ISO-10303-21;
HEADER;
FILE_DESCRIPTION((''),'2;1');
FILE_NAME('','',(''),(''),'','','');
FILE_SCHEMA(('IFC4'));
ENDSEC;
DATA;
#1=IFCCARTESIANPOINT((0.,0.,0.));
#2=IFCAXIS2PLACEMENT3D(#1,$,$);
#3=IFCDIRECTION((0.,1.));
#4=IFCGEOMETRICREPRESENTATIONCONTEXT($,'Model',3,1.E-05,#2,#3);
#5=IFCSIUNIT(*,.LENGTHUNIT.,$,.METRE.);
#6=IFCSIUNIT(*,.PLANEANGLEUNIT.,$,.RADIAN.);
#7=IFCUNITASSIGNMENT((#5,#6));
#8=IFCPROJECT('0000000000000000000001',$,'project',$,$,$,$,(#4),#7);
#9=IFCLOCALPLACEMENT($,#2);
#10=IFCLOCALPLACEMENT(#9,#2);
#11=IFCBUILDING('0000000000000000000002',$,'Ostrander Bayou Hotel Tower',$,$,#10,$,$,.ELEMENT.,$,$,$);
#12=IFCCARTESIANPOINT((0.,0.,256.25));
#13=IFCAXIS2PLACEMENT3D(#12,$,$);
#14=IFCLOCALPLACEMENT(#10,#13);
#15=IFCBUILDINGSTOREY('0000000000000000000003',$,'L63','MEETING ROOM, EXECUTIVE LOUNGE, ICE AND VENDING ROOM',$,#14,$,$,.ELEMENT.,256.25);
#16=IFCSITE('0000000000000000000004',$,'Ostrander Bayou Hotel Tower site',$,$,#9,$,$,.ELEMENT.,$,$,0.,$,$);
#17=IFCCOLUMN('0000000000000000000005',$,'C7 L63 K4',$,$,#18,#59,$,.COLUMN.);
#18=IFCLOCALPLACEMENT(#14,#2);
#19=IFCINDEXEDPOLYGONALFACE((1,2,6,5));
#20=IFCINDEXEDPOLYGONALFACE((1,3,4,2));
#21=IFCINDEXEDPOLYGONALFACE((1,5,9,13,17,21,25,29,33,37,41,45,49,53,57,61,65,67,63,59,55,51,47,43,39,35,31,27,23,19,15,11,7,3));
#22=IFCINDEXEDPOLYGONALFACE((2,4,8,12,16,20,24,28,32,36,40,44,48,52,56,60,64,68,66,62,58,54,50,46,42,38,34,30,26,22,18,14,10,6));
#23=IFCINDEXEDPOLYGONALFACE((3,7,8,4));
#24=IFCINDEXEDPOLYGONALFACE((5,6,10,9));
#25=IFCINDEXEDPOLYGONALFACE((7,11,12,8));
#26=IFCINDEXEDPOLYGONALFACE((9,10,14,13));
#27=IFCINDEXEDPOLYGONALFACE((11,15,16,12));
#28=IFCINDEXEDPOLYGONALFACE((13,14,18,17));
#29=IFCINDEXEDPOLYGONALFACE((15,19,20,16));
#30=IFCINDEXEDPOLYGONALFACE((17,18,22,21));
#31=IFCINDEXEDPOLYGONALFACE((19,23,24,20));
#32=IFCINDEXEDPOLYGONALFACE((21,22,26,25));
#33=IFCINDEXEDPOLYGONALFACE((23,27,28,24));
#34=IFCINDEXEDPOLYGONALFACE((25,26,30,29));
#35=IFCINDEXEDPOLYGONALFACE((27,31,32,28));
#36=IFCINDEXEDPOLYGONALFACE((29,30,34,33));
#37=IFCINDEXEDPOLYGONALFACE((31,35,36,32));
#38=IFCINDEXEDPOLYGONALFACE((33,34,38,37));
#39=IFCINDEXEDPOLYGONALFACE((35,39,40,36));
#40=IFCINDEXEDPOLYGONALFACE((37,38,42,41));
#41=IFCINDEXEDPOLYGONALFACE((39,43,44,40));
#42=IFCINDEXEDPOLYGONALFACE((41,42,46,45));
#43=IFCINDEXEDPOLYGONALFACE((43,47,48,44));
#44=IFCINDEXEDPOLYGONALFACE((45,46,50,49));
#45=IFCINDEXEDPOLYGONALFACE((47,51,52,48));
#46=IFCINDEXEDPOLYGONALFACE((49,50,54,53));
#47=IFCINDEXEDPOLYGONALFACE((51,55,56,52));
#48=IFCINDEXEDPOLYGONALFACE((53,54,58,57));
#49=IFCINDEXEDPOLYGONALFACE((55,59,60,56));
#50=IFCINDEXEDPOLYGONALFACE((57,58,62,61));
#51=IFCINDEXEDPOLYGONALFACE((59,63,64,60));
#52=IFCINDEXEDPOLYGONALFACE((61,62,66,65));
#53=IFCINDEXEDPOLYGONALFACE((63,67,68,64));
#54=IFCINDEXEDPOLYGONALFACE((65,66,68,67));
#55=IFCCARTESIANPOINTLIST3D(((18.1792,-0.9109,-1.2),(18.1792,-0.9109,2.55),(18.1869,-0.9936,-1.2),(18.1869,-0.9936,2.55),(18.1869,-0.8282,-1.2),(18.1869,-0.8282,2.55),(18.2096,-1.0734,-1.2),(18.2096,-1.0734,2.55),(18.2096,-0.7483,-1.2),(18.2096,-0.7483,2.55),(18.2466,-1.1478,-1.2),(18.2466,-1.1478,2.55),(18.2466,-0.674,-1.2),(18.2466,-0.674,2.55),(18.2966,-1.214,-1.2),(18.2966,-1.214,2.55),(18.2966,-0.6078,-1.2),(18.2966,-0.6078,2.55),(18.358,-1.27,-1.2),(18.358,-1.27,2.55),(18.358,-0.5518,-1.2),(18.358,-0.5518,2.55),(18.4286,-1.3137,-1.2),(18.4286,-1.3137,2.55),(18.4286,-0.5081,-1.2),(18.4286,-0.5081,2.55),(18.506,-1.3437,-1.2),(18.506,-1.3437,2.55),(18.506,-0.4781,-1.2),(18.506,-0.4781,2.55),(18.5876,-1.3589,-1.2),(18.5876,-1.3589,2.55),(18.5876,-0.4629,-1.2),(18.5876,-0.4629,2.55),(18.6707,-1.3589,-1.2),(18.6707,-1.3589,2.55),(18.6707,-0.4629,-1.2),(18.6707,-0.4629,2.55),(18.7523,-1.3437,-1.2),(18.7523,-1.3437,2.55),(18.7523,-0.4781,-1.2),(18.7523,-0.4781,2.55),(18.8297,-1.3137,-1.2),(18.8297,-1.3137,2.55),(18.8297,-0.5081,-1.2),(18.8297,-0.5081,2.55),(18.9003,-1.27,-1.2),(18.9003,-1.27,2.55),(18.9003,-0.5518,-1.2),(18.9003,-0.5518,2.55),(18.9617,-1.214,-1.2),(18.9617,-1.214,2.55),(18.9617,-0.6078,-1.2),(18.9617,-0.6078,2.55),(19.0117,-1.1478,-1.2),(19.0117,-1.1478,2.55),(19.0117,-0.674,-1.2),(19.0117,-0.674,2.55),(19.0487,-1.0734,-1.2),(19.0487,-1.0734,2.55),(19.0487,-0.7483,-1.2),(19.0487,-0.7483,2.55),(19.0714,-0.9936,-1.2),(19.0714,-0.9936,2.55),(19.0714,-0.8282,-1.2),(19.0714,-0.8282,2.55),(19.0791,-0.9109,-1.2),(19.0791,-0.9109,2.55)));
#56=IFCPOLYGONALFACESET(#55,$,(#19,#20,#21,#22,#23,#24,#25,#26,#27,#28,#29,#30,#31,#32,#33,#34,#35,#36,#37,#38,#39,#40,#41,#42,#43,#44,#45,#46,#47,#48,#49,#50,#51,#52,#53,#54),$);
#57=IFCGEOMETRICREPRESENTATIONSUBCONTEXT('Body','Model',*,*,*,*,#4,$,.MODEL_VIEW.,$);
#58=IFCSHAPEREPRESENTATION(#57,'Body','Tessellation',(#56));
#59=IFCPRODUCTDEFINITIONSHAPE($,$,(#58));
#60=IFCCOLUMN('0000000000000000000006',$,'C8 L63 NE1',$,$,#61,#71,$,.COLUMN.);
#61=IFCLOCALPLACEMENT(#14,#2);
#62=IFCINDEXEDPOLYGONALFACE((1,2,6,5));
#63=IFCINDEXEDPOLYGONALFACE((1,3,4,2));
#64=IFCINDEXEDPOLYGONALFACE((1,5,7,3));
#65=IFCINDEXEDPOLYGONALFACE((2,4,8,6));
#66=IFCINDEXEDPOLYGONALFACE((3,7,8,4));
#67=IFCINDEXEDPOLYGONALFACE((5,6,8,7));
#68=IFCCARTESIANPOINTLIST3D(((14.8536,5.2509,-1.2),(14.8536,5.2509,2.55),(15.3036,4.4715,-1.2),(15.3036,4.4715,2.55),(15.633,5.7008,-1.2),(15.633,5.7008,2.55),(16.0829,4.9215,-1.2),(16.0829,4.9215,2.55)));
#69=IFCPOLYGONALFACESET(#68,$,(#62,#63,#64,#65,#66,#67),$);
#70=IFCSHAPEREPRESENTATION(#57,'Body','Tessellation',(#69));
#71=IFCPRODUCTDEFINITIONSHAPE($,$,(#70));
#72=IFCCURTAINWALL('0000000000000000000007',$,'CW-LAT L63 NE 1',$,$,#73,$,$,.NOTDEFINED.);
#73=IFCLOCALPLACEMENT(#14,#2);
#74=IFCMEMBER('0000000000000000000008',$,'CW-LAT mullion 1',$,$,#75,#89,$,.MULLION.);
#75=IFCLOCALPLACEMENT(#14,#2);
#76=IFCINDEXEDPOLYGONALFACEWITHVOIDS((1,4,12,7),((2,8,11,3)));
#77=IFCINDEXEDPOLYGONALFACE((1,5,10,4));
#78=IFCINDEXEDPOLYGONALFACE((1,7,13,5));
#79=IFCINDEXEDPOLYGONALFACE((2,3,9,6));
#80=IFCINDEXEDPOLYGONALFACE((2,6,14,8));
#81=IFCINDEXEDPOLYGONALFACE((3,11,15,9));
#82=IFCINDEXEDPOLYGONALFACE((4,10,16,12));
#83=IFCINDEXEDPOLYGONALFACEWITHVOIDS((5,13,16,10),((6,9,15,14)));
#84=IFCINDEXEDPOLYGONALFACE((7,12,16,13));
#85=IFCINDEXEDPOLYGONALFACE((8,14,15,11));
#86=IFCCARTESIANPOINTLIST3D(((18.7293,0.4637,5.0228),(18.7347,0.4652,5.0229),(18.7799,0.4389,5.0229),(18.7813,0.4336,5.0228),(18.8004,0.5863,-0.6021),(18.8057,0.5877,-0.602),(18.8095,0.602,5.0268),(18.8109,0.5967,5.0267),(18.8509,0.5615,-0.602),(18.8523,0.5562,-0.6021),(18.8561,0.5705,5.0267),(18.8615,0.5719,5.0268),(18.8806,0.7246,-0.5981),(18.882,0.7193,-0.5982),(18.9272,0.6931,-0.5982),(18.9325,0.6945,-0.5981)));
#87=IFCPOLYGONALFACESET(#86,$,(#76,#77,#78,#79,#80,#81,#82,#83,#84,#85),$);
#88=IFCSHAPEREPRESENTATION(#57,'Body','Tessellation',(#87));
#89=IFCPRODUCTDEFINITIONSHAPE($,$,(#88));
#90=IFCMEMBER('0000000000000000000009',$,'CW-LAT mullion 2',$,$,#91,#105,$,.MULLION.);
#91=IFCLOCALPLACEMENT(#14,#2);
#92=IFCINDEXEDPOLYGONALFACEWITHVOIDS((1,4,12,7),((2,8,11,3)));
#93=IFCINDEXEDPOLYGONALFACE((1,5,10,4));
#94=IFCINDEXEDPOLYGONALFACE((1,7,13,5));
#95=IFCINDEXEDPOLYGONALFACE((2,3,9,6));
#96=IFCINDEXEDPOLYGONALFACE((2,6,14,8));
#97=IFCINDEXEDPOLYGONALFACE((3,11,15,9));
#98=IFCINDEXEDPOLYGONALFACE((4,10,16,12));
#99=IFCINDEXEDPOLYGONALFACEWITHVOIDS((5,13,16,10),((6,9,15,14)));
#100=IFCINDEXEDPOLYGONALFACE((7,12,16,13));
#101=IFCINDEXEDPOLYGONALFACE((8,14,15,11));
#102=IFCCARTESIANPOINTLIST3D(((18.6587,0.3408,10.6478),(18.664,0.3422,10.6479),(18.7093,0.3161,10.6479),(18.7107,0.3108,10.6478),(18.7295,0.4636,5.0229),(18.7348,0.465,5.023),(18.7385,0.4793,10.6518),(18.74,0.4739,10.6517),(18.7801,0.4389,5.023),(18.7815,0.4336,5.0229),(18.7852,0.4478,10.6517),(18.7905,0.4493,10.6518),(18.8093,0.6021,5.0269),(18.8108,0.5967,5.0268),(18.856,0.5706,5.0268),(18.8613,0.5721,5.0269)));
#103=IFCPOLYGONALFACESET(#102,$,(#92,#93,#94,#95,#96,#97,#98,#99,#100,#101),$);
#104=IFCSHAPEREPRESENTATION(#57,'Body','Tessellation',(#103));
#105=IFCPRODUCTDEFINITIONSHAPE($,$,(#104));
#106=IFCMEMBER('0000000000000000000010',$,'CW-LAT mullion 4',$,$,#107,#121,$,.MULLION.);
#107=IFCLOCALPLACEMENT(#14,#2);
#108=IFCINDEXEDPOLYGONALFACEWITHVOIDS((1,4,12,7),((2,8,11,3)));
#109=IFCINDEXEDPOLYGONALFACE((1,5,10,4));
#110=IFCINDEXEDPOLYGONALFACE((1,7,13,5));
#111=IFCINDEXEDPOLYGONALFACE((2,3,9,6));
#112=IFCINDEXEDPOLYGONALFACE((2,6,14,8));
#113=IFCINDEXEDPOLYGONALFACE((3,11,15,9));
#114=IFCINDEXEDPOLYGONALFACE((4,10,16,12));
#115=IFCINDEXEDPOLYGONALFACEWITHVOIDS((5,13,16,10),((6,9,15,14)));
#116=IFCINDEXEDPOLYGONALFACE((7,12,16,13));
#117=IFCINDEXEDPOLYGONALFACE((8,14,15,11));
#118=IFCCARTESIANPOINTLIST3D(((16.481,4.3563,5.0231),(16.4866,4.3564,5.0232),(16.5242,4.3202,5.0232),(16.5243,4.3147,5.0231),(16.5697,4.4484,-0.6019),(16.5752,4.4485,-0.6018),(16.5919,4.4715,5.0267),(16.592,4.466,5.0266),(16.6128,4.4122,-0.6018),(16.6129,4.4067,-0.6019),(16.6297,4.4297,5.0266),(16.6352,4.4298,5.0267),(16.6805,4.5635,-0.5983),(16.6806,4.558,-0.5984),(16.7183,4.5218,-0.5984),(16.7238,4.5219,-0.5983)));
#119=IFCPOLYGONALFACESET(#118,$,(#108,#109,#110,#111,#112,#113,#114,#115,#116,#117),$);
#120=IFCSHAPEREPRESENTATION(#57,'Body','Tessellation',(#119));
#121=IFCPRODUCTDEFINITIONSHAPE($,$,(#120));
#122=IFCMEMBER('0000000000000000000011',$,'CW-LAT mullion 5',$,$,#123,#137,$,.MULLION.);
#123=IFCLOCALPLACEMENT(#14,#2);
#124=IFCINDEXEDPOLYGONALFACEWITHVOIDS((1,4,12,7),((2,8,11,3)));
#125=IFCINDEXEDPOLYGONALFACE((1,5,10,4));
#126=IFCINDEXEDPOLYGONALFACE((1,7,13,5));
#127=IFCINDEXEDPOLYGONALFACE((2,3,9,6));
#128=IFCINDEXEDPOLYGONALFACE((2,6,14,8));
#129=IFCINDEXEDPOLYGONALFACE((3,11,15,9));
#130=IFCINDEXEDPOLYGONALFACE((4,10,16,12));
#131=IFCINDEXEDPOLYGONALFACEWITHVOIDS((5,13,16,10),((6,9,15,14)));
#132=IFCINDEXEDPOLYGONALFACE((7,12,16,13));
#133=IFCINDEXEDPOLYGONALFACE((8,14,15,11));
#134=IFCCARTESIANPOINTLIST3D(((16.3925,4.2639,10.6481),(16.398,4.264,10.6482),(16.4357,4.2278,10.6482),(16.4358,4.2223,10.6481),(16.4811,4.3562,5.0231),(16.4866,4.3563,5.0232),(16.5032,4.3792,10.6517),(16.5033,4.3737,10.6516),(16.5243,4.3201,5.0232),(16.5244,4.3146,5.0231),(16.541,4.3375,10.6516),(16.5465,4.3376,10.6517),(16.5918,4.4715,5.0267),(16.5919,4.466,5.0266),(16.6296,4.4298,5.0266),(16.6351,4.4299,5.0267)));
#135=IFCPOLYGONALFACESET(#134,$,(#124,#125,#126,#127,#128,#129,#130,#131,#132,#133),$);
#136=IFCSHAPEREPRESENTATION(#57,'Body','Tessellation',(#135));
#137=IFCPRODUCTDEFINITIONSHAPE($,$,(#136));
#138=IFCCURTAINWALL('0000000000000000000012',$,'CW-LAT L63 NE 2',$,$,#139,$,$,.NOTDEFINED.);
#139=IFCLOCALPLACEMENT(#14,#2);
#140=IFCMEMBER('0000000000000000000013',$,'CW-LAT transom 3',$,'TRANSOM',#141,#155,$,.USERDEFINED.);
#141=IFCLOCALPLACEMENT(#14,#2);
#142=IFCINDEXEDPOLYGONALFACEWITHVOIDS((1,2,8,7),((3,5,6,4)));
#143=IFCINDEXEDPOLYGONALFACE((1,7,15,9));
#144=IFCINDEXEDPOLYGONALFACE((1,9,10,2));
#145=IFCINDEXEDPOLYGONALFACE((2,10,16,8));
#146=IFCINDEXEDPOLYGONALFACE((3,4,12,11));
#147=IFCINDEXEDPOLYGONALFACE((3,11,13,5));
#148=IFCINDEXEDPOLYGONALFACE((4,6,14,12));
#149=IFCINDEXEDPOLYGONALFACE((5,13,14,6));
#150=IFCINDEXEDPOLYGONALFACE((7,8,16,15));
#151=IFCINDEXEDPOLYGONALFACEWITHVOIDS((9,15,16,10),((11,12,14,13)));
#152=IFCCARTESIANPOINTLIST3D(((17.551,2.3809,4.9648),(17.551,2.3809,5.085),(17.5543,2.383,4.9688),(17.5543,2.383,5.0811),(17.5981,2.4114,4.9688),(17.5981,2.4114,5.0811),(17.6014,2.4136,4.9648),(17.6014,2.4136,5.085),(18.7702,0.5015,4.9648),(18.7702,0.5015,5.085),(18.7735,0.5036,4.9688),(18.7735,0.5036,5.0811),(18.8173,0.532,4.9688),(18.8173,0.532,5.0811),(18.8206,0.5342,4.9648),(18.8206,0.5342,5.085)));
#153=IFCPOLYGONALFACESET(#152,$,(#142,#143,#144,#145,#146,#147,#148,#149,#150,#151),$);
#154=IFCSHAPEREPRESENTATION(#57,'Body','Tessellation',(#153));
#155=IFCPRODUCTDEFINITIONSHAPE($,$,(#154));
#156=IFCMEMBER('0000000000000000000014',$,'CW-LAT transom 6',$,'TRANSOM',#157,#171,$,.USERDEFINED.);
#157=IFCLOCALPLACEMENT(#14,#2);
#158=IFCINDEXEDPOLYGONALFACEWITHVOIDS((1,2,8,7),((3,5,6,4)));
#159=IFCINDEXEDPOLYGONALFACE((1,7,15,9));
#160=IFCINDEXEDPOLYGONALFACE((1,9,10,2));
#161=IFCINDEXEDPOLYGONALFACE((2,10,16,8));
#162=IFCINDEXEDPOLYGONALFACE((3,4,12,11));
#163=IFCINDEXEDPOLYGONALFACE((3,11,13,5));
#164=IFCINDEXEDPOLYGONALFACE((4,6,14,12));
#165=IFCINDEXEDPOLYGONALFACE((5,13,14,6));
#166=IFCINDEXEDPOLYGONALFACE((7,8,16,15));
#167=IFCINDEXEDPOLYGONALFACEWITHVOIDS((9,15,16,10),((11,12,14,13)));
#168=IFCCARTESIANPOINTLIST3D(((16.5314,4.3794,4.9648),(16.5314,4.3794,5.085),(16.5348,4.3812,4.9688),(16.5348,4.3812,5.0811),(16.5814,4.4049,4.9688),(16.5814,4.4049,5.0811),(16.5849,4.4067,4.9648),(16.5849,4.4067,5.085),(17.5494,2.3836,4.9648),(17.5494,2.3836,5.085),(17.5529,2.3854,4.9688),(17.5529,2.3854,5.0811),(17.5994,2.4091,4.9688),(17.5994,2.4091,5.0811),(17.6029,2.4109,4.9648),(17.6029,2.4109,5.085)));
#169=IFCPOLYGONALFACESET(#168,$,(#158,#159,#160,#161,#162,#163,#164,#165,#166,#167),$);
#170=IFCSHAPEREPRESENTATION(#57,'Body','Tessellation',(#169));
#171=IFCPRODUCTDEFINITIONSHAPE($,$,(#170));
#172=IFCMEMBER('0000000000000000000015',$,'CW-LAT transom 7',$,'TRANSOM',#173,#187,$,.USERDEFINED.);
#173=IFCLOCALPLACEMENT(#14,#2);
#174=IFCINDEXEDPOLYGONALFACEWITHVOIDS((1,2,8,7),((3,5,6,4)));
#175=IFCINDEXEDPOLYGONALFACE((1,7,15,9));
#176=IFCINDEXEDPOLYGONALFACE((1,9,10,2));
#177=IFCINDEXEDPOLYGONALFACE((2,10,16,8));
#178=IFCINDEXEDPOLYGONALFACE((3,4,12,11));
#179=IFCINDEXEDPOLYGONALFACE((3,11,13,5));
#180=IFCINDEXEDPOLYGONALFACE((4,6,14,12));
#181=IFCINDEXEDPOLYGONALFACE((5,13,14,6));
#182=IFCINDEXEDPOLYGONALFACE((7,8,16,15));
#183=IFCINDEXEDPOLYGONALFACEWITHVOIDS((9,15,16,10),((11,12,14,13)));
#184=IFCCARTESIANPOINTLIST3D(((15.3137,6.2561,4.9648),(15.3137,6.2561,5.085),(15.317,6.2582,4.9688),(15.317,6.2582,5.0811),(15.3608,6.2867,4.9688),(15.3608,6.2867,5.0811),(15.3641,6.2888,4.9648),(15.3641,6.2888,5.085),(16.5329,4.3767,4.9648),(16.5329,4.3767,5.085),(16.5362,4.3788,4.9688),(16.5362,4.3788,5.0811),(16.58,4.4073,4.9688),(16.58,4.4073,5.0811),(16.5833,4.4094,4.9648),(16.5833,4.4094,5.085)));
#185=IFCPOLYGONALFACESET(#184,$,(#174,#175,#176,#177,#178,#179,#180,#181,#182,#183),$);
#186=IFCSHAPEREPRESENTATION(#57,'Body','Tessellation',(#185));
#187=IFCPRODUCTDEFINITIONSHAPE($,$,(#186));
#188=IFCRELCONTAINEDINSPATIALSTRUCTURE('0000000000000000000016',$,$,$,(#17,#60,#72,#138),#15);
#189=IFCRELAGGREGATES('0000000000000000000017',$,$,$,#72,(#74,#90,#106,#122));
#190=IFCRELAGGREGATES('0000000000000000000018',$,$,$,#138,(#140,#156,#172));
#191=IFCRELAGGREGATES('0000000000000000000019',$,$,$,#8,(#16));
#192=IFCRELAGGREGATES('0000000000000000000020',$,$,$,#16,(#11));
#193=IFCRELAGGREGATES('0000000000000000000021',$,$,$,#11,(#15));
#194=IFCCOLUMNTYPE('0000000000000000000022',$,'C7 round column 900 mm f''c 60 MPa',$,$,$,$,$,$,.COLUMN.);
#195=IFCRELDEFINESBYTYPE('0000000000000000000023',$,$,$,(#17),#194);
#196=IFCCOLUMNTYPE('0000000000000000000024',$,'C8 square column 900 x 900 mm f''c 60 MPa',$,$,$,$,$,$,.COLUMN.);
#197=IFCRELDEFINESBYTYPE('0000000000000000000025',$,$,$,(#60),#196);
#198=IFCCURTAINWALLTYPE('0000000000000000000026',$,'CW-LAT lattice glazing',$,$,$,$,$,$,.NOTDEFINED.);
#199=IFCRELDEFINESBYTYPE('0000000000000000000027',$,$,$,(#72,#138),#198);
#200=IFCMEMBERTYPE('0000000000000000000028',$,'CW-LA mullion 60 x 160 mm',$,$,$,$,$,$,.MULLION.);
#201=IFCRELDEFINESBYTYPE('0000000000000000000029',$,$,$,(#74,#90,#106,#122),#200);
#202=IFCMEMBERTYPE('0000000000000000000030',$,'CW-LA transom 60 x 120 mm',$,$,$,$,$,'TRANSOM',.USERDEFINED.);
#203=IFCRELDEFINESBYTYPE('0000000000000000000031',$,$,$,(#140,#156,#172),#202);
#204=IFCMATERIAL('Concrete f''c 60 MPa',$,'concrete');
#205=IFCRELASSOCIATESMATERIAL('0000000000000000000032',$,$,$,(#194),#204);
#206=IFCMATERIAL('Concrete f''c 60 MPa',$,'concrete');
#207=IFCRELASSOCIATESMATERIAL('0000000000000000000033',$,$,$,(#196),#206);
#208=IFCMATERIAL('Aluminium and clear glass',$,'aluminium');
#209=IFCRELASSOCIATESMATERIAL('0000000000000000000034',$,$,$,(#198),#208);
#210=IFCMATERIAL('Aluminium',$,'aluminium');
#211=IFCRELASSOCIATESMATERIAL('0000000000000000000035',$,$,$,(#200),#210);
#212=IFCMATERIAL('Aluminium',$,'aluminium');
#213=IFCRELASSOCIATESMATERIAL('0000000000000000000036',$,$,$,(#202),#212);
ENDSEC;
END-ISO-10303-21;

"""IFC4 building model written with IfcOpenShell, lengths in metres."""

from ifc_helpers import new_model, si_unit, direction, frame, origin, origin_2d, place, context, subcontext, project, spatial, rectangle, hollow_rectangle, circle, extrude, material, material_profile, profile_set, type_object, element, aggregate, save


model = new_model("IFC4")

# Units and contexts
model_context = context("Model", 3, precision=1e-05, world=origin(), true_north=direction((0.0, 1.0)))
body_context = subcontext(model_context, "Body", "Model", "MODEL_VIEW")
ifc_project = project(units=[si_unit("LENGTHUNIT", "METRE"), si_unit("PLANEANGLEUNIT", "RADIAN")], contexts=[model_context])

# Site, building, storey
site_placement = place(None, origin())
site = spatial("IfcSite", under=ifc_project, at=site_placement, Name="Ostrander Bayou Hotel Tower site", CompositionType="ELEMENT", RefElevation=0.0)
building_placement = place(site_placement, origin())
building = spatial("IfcBuilding", under=site, at=building_placement, Name="Ostrander Bayou Hotel Tower", CompositionType="ELEMENT")
storey_placement = place(building_placement, frame((0.0, 0.0, 256.25)))
storey = spatial("IfcBuildingStorey", under=building, at=storey_placement, Name="L63", Description="MEETING ROOM, EXECUTIVE LOUNGE, ICE AND VENDING ROOM", CompositionType="ELEMENT", Elevation=256.25)

# Columns
ifc_material_1 = material(Name="Concrete f'c 60 MPa", Category="concrete")
ifc_material_profile_1 = material_profile(ifc_material_1, circle(Radius=0.45, at=origin_2d()))
ifc_profile_set_1 = profile_set([ifc_material_profile_1], Name="Concrete f'c 60 MPa")
column_type_1 = type_object("IfcColumnType", Name="C7 round column 900 mm f'c 60 MPa", PredefinedType="COLUMN", material=ifc_profile_set_1)
column_1_placement = place(storey_placement, frame((18.6292, -0.9109, -1.2), z_axis=(0.0, 0.0, 1.0), x_axis=(1.0, 0.0, 0.0)))
element("IfcColumn", 1, at=column_1_placement, inside=storey, type_object=column_type_1, Name="C7 L63 K4", PredefinedType="COLUMN", context=body_context, shape_type="SweptSolid", body=[
    extrude(circle(Radius=0.45, at=origin_2d()), origin(), (0.0, 0.0, 1.0), 3.75),
])
ifc_material_2 = material(Name="Concrete f'c 60 MPa", Category="concrete")
ifc_material_profile_2 = material_profile(ifc_material_2, rectangle(XDim=0.8999, YDim=0.8999, at=origin_2d()))
ifc_profile_set_2 = profile_set([ifc_material_profile_2], Name="Concrete f'c 60 MPa")
column_type_2 = type_object("IfcColumnType", Name="C8 square column 900 x 900 mm f'c 60 MPa", PredefinedType="COLUMN", material=ifc_profile_set_2)
column_2_placement = place(storey_placement, frame((15.4683, 5.0862, -1.2), z_axis=(0.0, 0.0, 1.0), x_axis=(0.5, -0.866025, 0.0)))
element("IfcColumn", 2, at=column_2_placement, inside=storey, type_object=column_type_2, Name="C8 L63 NE1", PredefinedType="COLUMN", context=body_context, shape_type="SweptSolid", body=[
    extrude(rectangle(XDim=0.8999, YDim=0.8999, at=origin_2d()), origin(), (0.0, 0.0, 1.0), 3.75),
])

# Curtain walls, members
ifc_material_3 = material(Name="Aluminium and clear glass", Category="aluminium")
curtain_wall_type = type_object("IfcCurtainWallType", Name="CW-LAT lattice glazing", PredefinedType="NOTDEFINED", material=ifc_material_3)
curtain_wall_1_placement = place(storey_placement, origin())
curtain_wall_1 = element("IfcCurtainWall", 3, at=curtain_wall_1_placement, inside=storey, type_object=curtain_wall_type, Name="CW-LAT L63 NE 1", PredefinedType="NOTDEFINED")
ifc_material_4 = material(Name="Aluminium", Category="aluminium")
ifc_material_profile_3 = material_profile(ifc_material_4, hollow_rectangle(XDim=0.0601, YDim=0.1599, WallThickness=0.0039, at=origin_2d()))
ifc_profile_set_3 = profile_set([ifc_material_profile_3], Name="Aluminium")
member_type_1 = type_object("IfcMemberType", Name="CW-LA mullion 60 x 160 mm", PredefinedType="MULLION", material=ifc_profile_set_3)
member_1_placement = place(storey_placement, frame((18.8665, 0.6404, -0.6001), z_axis=(-0.012626, -0.021781, 0.999683), x_axis=(0.865151, -0.501512, 0.0)))
member_1 = element("IfcMember", 4, at=member_1_placement, type_object=member_type_1, Name="CW-LAT mullion 1", PredefinedType="MULLION", context=body_context, shape_type="SweptSolid", body=[
    extrude(hollow_rectangle(XDim=0.0601, YDim=0.1599, WallThickness=0.0039, at=origin_2d()), origin(), (0.0, 0.0, 1.0), 5.6267),
])
member_2_placement = place(storey_placement, frame((18.7954, 0.5178, 5.0249), z_axis=(-0.012583, -0.021825, 0.999683), x_axis=(0.866329, -0.499474, 0.0)))
member_2 = element("IfcMember", 5, at=member_2_placement, type_object=member_type_1, Name="CW-LAT mullion 2", PredefinedType="MULLION", context=body_context, shape_type="SweptSolid", body=[
    extrude(hollow_rectangle(XDim=0.0601, YDim=0.1599, WallThickness=0.0039, at=origin_2d()), origin(), (0.0, 0.0, 1.0), 5.6267),
])
member_3_placement = place(storey_placement, frame((16.6467, 4.4851, -0.6001), z_axis=(-0.015751, -0.016359, 0.999742), x_axis=(0.720356, -0.693605, 0.0)))
member_3 = element("IfcMember", 6, at=member_3_placement, type_object=member_type_1, Name="CW-LAT mullion 4", PredefinedType="MULLION", context=body_context, shape_type="SweptSolid", body=[
    extrude(hollow_rectangle(XDim=0.0601, YDim=0.1599, WallThickness=0.0039, at=origin_2d()), origin(), (0.0, 0.0, 1.0), 5.6265),
])
member_4_placement = place(storey_placement, frame((16.5581, 4.3931, 5.0249), z_axis=(-0.015751, -0.016402, 0.999741), x_axis=(0.721273, -0.692651, 0.0)))
member_4 = element("IfcMember", 7, at=member_4_placement, type_object=member_type_1, Name="CW-LAT mullion 5", PredefinedType="MULLION", context=body_context, shape_type="SweptSolid", body=[
    extrude(hollow_rectangle(XDim=0.0601, YDim=0.1599, WallThickness=0.0039, at=origin_2d()), origin(), (0.0, 0.0, 1.0), 5.6265),
])
curtain_wall_2_placement = place(storey_placement, origin())
curtain_wall_2 = element("IfcCurtainWall", 8, at=curtain_wall_2_placement, inside=storey, type_object=curtain_wall_type, Name="CW-LAT L63 NE 2", PredefinedType="NOTDEFINED")
ifc_material_5 = material(Name="Aluminium", Category="aluminium")
ifc_material_profile_4 = material_profile(ifc_material_5, hollow_rectangle(XDim=0.0601, YDim=0.1201, WallThickness=0.0039, at=origin_2d()))
ifc_profile_set_4 = profile_set([ifc_material_profile_4], Name="Aluminium")
member_type_2 = type_object("IfcMemberType", Name="CW-LA transom 60 x 120 mm", ElementType="TRANSOM", PredefinedType="USERDEFINED", material=ifc_profile_set_4)
member_5_placement = place(storey_placement, frame((18.7954, 0.5178, 5.0249), z_axis=(-0.544245, 0.838926, 0.0), x_axis=(-0.838926, -0.544245, 0.0)))
member_5 = element("IfcMember", 9, at=member_5_placement, type_object=member_type_2, Name="CW-LAT transom 3", ObjectType="TRANSOM", PredefinedType="USERDEFINED", context=body_context, shape_type="SweptSolid", body=[
    extrude(hollow_rectangle(XDim=0.0601, YDim=0.1201, WallThickness=0.0039, at=origin_2d()), origin(), (0.0, 0.0, 1.0), 2.2402),
])
member_6_placement = place(storey_placement, frame((16.5581, 4.3931, 5.0249), z_axis=(0.454391, -0.890802, 0.0), x_axis=(0.890802, 0.454391, 0.0)))
member_6 = element("IfcMember", 10, at=member_6_placement, type_object=member_type_2, Name="CW-LAT transom 6", ObjectType="TRANSOM", PredefinedType="USERDEFINED", context=body_context, shape_type="SweptSolid", body=[
    extrude(hollow_rectangle(XDim=0.0601, YDim=0.1201, WallThickness=0.0039, at=origin_2d()), origin(), (0.0, 0.0, 1.0), 2.2405),
])
member_7_placement = place(storey_placement, frame((16.5581, 4.3931, 5.0249), z_axis=(-0.544245, 0.838926, 0.0), x_axis=(-0.838926, -0.544245, 0.0)))
member_7 = element("IfcMember", 11, at=member_7_placement, type_object=member_type_2, Name="CW-LAT transom 7", ObjectType="TRANSOM", PredefinedType="USERDEFINED", context=body_context, shape_type="SweptSolid", body=[
    extrude(hollow_rectangle(XDim=0.0601, YDim=0.1201, WallThickness=0.0039, at=origin_2d()), origin(), (0.0, 0.0, 1.0), 2.2402),
])

aggregate(curtain_wall_1, [member_1, member_2, member_3, member_4])
aggregate(curtain_wall_2, [member_5, member_6, member_7])

save(model, "model.ifc")
